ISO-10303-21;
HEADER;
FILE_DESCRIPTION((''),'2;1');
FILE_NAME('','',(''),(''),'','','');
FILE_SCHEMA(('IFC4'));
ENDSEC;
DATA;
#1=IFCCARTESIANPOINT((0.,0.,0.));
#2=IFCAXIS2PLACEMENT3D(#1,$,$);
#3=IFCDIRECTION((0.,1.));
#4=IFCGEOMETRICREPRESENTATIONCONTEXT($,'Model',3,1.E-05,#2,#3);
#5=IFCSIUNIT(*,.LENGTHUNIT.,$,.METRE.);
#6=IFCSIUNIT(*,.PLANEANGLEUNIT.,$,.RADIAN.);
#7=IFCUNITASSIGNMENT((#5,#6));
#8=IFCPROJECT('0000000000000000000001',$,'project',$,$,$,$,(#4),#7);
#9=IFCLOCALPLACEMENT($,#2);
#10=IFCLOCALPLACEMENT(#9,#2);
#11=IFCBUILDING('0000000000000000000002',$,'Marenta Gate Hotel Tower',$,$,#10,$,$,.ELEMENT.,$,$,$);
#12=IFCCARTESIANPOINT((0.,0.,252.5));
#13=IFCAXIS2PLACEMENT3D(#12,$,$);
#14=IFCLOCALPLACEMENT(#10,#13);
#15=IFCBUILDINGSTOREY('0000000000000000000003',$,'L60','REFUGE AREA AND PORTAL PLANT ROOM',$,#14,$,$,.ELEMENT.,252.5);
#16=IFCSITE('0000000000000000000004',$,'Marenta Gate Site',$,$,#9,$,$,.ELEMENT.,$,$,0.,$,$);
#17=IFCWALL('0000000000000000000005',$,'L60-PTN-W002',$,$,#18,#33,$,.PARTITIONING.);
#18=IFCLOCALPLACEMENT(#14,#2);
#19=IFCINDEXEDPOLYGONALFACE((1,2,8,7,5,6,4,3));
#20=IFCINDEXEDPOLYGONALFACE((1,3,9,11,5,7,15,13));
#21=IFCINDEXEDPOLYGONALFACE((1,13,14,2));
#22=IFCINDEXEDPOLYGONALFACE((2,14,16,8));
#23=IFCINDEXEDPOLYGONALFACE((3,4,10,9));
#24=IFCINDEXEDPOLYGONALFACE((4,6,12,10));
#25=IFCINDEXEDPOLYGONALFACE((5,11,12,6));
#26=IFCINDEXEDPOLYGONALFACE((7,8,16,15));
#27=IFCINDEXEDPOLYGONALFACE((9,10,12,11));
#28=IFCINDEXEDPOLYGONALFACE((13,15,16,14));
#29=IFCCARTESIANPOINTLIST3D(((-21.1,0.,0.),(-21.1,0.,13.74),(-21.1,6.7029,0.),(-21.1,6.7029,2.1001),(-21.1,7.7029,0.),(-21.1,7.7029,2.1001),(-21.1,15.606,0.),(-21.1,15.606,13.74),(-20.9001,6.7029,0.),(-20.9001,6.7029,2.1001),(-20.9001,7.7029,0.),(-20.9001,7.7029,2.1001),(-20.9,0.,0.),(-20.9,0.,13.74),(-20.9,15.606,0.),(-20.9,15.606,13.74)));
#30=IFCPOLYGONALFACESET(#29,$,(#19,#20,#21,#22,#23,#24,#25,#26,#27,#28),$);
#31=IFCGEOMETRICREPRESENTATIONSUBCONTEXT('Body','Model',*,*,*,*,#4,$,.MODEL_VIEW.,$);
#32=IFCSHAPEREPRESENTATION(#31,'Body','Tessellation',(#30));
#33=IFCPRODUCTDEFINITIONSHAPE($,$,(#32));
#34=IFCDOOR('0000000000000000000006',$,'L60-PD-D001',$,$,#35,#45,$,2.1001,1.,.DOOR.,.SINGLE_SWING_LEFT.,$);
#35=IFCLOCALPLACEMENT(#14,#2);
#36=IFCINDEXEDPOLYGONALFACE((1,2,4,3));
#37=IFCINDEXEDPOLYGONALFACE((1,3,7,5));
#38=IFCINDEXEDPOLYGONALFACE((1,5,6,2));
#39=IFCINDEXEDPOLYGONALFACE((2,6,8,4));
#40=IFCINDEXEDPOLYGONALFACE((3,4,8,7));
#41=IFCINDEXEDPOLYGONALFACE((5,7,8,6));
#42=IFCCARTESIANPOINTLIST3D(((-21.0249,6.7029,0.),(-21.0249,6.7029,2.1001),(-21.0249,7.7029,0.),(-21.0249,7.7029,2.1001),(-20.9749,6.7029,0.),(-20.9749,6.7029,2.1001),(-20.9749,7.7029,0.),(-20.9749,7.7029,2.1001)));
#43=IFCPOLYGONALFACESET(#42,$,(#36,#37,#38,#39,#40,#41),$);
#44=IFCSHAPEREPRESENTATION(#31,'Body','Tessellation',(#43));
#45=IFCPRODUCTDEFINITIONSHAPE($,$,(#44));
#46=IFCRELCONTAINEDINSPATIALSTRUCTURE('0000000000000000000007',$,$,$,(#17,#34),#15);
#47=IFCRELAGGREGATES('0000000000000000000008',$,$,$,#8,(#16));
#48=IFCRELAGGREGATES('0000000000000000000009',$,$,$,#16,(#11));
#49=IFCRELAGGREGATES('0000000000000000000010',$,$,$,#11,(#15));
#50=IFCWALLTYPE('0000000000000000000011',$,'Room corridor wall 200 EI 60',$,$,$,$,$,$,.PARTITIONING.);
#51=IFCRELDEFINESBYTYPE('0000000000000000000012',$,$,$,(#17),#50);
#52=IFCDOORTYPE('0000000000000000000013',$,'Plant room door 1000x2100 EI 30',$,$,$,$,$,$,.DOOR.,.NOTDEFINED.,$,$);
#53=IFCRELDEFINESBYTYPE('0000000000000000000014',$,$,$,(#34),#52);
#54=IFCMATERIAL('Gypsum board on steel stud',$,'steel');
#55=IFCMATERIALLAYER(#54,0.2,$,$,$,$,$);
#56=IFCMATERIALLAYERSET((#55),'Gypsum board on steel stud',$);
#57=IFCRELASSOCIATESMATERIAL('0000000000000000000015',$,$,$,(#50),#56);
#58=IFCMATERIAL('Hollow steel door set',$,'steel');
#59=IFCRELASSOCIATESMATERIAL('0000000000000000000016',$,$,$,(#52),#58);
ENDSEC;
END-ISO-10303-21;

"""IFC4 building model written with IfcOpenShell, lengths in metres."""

from ifc_helpers import new_model, si_unit, direction, frame, frame_2d, origin, place, context, subcontext, project, spatial, rectangle, extrude, material, layer, layer_set, type_object, element, fill, save


model = new_model("IFC4")

# Units and contexts
model_context = context("Model", 3, precision=1e-05, world=origin(), true_north=direction((0.0, 1.0)))
body_context = subcontext(model_context, "Body", "Model", "MODEL_VIEW")
ifc_project = project(units=[si_unit("LENGTHUNIT", "METRE"), si_unit("PLANEANGLEUNIT", "RADIAN")], contexts=[model_context])

# Site, building, storey
site_placement = place(None, origin())
site = spatial("IfcSite", under=ifc_project, at=site_placement, Name="Marenta Gate Site", CompositionType="ELEMENT", RefElevation=0.0)
building_placement = place(site_placement, origin())
building = spatial("IfcBuilding", under=site, at=building_placement, Name="Marenta Gate Hotel Tower", CompositionType="ELEMENT")
storey_placement = place(building_placement, frame((0.0, 0.0, 252.5)))
storey = spatial("IfcBuildingStorey", under=building, at=storey_placement, Name="L60", Description="REFUGE AREA AND PORTAL PLANT ROOM", CompositionType="ELEMENT", Elevation=252.5)

# Wall, opening, door
ifc_material_1 = material(Name="Gypsum board on steel stud", Category="steel")
ifc_layer = layer(ifc_material_1, 0.2)
ifc_layer_set = layer_set([ifc_layer], Name="Gypsum board on steel stud")
wall_type = type_object("IfcWallType", Name="Room corridor wall 200 EI 60", PredefinedType="PARTITIONING", material=ifc_layer_set)
wall_placement = place(storey_placement, frame((-21.0, 0.0, 0.0), z_axis=(0.0, 0.0, 1.0), x_axis=(0.0, 1.0, 0.0)))
wall = element("IfcWall", 1, at=wall_placement, inside=storey, type_object=wall_type, Name="L60-PTN-W002", PredefinedType="PARTITIONING", context=body_context, shape_type="SweptSolid", body=[
    extrude(rectangle(XDim=15.606, YDim=0.2, at=frame_2d((7.803, 0.0))), origin(), (0.0, 0.0, 1.0), 13.74),
])
opening_placement = place(wall_placement, frame((6.7029, 0.0, 0.0)))
opening = element("IfcOpeningElement", 2, at=opening_placement, cuts=wall, PredefinedType="OPENING", context=body_context, shape_type="SweptSolid", body=[
    extrude(rectangle(XDim=1.0, YDim=2.1001, at=frame_2d((0.5, 1.05))), frame((0.0, 0.1001, 0.0), z_axis=(0.0, -1.0, 0.0), x_axis=(1.0, 0.0, 0.0)), (0.0, 0.0, 1.0), 0.2),
])
ifc_material_2 = material(Name="Hollow steel door set", Category="steel")
door_type = type_object("IfcDoorType", Name="Plant room door 1000x2100 EI 30", OperationType="NOTDEFINED", PredefinedType="DOOR", material=ifc_material_2)
door_placement = place(opening_placement, origin())
door = element("IfcDoor", 3, at=door_placement, inside=storey, type_object=door_type, Name="L60-PD-D001", OperationType="SINGLE_SWING_LEFT", OverallHeight=2.1001, OverallWidth=1.0, PredefinedType="DOOR", context=body_context, shape_type="SweptSolid", body=[
    extrude(rectangle(XDim=1.0, YDim=2.1001, at=frame_2d((0.5, 1.05))), frame((0.0, 0.0249, 0.0), z_axis=(0.0, -1.0, 0.0), x_axis=(1.0, 0.0, 0.0)), (0.0, 0.0, 1.0), 0.05),
])
fill(opening, door)

save(model, "model.ifc")
